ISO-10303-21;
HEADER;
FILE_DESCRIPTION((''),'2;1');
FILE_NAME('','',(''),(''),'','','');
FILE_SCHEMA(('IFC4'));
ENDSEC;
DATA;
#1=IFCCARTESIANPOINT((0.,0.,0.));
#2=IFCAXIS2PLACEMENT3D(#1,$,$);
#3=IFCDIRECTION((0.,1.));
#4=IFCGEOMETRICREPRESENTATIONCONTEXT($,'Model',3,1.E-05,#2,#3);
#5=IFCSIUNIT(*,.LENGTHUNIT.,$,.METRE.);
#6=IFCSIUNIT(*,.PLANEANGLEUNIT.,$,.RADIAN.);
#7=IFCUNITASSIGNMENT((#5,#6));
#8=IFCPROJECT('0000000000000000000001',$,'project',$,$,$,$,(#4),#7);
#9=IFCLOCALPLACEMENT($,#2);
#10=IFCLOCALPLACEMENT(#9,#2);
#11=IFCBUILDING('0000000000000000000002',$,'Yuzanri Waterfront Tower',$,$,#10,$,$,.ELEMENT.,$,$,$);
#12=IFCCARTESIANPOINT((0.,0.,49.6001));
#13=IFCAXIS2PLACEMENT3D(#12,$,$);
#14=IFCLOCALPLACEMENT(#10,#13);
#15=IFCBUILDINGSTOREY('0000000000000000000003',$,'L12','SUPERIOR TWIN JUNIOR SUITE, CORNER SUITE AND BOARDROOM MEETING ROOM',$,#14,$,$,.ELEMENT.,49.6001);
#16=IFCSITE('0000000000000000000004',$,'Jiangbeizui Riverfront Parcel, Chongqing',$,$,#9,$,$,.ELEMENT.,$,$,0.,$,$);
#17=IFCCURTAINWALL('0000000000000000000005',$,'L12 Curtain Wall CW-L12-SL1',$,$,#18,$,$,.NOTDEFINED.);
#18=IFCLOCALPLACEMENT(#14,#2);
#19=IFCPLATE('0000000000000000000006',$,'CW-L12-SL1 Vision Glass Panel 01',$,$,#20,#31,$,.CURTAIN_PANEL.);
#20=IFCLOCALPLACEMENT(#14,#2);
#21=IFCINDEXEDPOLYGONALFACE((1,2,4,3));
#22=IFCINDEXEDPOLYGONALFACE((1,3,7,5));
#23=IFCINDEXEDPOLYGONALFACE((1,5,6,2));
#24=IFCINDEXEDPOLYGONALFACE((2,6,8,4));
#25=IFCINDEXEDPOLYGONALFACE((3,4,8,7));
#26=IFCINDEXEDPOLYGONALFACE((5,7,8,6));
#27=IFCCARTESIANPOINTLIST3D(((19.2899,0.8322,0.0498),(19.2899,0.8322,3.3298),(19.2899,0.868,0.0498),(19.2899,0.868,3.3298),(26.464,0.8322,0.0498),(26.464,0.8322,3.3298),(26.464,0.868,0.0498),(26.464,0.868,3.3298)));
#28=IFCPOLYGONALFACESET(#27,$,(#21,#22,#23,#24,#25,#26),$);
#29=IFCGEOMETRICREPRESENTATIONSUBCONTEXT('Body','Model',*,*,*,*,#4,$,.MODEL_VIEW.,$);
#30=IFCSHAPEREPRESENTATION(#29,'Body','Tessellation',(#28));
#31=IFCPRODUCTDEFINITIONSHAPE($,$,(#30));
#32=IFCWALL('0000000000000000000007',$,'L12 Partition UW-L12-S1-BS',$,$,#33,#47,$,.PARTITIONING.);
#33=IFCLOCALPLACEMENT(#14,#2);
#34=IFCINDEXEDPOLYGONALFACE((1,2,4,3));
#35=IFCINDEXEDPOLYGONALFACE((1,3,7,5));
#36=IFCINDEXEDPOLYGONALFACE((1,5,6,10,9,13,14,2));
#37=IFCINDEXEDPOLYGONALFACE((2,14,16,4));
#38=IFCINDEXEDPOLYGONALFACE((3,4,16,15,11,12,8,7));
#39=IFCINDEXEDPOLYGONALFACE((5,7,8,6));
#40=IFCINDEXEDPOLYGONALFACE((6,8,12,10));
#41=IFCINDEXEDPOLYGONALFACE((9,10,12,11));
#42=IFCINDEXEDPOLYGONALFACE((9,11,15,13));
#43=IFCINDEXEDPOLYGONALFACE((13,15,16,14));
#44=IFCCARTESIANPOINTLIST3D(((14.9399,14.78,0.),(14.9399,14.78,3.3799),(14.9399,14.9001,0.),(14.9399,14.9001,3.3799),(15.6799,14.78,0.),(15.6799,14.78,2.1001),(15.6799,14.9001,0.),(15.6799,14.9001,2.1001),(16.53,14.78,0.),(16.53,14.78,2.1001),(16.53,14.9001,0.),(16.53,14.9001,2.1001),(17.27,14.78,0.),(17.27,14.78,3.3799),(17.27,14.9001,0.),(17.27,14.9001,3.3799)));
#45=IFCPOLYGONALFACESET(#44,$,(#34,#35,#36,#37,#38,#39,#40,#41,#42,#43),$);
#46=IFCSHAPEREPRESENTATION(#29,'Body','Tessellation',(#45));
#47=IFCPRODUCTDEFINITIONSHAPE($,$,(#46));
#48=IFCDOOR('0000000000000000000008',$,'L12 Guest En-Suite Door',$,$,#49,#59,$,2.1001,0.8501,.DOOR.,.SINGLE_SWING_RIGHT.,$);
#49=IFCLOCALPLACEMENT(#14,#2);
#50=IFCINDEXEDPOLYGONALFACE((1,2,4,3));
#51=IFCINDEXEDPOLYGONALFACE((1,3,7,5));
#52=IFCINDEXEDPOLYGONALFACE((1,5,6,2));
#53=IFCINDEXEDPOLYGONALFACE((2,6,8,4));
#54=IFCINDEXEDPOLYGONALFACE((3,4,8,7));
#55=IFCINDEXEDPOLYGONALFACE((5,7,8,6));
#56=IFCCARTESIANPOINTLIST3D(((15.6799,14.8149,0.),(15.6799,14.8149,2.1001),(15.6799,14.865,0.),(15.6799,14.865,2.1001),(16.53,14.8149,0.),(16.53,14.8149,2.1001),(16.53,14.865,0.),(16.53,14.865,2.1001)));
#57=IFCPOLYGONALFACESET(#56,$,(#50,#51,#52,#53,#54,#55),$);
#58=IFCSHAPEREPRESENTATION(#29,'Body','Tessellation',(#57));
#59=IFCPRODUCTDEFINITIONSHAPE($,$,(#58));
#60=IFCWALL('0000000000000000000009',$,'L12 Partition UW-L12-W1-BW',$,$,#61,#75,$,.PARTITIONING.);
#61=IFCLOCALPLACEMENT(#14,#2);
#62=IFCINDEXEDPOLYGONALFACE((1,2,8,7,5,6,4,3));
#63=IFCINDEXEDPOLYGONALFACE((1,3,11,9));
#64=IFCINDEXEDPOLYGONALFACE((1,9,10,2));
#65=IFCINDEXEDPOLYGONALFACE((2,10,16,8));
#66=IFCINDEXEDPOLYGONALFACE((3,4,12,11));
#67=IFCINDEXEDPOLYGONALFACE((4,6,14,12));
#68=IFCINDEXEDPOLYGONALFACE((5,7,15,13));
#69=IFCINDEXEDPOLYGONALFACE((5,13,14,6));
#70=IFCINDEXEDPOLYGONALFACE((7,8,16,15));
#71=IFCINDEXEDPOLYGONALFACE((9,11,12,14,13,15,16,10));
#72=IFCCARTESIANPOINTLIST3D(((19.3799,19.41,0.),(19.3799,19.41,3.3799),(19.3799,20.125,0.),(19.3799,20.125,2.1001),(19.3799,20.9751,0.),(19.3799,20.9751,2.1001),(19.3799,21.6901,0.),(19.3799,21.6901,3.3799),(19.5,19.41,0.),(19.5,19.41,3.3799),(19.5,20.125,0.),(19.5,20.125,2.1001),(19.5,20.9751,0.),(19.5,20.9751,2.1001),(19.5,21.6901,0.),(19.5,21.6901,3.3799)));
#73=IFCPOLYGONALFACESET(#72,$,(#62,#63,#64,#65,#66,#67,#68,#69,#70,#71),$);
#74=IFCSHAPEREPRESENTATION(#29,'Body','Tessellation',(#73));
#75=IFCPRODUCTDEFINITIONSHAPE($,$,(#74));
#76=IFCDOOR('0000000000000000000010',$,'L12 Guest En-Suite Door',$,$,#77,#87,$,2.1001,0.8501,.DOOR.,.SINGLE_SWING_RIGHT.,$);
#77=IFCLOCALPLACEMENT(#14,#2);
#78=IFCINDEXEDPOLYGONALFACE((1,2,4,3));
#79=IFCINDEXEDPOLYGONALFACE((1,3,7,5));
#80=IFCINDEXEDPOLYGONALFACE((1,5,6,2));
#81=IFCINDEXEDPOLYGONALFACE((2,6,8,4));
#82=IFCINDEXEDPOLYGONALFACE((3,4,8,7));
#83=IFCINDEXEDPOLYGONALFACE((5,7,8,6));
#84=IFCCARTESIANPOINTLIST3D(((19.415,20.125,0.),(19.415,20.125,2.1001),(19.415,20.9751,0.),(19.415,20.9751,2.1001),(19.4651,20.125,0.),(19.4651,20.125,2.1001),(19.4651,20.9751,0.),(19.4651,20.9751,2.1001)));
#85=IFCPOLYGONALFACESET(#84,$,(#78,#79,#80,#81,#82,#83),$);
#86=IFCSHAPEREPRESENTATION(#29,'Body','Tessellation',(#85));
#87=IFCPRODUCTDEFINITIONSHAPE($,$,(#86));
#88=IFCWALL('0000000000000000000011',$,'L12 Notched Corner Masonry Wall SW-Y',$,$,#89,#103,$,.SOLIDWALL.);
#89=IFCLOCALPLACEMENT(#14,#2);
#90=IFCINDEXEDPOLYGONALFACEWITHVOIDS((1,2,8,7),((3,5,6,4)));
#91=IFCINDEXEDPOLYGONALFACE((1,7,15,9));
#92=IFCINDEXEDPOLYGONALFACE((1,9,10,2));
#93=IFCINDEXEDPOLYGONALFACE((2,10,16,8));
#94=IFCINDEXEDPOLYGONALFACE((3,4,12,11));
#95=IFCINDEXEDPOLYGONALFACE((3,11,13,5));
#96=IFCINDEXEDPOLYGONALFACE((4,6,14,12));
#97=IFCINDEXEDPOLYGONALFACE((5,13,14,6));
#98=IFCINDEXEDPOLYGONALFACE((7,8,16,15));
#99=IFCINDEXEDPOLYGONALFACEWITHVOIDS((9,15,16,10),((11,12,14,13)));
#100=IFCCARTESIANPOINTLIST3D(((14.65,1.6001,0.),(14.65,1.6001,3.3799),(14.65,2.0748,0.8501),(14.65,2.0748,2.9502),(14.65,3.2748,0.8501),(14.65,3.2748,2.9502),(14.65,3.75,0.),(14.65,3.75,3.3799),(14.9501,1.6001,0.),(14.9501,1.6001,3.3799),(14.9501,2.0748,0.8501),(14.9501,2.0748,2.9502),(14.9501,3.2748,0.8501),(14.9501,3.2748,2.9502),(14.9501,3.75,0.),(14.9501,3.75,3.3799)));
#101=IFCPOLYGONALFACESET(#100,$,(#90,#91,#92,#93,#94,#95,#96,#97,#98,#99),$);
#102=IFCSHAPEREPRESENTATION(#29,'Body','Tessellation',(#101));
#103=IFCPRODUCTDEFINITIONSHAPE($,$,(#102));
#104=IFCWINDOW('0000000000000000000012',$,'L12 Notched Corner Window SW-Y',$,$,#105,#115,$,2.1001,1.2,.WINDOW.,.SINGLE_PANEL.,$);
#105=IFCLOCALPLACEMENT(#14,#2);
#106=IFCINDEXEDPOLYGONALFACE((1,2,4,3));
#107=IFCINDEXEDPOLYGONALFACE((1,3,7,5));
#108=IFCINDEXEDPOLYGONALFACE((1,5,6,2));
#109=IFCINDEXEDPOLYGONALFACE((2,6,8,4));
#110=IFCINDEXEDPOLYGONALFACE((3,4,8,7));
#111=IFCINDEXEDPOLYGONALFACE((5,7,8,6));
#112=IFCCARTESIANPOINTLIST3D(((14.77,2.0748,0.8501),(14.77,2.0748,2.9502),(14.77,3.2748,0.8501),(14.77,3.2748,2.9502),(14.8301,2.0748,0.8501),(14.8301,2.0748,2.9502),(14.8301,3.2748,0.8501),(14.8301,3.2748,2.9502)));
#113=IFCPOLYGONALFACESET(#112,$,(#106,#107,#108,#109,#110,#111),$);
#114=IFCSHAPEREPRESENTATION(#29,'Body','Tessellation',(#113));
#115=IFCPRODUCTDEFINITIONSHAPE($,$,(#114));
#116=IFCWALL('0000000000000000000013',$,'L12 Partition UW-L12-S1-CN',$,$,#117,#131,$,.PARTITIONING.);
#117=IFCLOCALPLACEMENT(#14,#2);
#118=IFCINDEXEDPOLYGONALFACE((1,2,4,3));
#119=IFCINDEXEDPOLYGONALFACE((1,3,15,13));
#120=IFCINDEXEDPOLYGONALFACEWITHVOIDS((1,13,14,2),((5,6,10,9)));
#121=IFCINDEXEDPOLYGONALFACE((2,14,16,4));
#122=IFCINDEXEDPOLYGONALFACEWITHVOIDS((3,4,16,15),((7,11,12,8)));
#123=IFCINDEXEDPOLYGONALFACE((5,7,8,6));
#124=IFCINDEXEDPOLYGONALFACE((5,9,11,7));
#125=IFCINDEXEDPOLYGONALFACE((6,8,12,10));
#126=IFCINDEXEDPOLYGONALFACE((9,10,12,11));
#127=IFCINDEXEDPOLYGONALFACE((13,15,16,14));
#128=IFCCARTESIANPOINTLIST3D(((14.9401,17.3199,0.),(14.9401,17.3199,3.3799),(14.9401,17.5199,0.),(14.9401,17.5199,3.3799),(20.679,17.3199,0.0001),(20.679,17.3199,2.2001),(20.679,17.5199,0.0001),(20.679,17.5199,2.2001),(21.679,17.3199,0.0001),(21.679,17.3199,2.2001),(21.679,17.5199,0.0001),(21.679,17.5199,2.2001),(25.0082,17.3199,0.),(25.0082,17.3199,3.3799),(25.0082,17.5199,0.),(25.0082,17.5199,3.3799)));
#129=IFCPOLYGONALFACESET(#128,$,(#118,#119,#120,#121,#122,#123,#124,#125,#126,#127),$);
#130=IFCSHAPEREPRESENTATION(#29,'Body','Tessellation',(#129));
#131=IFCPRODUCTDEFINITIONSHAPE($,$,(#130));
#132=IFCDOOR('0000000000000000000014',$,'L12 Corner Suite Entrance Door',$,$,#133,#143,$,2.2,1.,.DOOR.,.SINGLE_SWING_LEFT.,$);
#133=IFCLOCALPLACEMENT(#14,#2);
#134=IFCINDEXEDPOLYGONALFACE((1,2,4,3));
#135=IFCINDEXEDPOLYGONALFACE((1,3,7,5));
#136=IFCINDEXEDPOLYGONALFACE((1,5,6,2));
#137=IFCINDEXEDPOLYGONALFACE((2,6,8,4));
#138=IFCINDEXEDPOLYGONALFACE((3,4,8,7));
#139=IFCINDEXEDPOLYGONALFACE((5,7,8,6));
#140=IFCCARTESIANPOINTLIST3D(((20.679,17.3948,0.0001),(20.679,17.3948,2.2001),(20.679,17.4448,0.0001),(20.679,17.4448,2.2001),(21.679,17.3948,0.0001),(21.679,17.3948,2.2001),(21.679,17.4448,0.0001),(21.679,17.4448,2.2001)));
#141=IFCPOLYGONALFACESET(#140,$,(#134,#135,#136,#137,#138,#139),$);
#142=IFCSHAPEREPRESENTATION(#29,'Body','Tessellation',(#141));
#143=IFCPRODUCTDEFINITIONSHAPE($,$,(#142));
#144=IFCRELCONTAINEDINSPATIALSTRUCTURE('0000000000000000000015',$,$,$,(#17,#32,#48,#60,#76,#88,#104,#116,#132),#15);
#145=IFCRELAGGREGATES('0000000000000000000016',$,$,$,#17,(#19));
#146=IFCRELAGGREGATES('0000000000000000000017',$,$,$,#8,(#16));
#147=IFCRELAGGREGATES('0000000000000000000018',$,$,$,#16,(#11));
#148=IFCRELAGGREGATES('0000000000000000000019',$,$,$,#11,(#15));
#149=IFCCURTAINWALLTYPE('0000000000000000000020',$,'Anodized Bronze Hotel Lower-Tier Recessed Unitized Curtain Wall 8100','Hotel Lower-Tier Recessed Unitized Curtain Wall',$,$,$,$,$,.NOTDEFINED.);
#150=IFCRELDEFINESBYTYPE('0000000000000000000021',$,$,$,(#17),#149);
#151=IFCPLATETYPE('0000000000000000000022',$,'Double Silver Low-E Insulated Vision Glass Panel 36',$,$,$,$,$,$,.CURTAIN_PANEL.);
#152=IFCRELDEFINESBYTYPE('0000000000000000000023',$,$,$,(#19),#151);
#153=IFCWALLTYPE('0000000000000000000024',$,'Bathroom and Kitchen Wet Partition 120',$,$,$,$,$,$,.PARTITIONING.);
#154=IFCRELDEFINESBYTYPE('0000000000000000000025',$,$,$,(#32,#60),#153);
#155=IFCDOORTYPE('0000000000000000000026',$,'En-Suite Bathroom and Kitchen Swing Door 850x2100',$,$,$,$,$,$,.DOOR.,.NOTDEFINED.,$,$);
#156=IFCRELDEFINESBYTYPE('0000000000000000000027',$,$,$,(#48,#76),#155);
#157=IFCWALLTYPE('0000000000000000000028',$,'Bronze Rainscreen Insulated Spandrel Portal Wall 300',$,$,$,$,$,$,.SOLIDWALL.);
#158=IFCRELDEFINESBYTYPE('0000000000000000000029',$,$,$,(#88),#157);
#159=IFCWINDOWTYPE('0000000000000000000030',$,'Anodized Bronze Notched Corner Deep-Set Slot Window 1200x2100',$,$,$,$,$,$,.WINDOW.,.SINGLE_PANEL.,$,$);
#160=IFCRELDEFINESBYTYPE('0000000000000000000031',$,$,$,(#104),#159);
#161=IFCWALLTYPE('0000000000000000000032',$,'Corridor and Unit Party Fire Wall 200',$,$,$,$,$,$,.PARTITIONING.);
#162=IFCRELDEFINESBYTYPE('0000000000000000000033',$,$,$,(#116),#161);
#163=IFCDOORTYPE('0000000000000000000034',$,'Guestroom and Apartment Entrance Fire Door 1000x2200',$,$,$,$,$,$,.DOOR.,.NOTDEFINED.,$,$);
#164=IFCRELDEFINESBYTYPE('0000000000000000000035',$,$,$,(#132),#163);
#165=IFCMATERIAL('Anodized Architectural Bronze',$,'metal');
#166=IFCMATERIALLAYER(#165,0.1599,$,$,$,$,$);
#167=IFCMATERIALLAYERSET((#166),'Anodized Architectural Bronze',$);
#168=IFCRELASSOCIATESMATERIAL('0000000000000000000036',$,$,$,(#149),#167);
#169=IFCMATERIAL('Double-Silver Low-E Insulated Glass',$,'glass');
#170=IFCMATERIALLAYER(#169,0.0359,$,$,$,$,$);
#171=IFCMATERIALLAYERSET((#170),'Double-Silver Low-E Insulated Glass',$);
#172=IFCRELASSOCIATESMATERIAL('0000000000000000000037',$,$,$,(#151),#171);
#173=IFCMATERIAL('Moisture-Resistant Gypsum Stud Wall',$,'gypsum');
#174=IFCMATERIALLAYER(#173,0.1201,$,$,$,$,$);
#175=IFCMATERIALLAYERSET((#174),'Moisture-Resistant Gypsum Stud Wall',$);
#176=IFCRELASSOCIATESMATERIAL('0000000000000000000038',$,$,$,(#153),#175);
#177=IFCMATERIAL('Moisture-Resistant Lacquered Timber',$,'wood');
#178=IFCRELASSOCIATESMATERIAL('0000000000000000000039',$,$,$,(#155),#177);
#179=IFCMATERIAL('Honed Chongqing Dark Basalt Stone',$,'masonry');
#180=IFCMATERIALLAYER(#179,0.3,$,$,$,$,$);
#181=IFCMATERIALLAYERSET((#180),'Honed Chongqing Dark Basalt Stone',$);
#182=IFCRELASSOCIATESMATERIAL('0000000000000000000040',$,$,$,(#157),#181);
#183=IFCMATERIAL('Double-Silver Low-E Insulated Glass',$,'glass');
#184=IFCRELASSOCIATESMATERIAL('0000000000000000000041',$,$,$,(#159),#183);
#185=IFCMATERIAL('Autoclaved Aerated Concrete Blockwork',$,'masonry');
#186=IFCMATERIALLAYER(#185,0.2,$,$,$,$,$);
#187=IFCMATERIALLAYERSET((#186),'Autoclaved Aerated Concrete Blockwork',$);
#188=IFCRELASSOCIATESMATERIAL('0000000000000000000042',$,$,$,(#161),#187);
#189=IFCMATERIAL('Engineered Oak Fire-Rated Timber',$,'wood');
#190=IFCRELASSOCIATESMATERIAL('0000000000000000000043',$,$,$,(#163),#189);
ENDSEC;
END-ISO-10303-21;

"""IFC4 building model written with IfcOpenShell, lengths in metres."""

from ifc_helpers import new_model, si_unit, direction, frame, frame_2d, origin, origin_2d, place, context, subcontext, project, spatial, rectangle, extrude, source, transform, mapped, material, layer, layer_set, type_object, element, fill, aggregate, save


model = new_model("IFC4")

# Units and contexts
model_context = context("Model", 3, precision=1e-05, world=origin(), true_north=direction((0.0, 1.0)))
body_context = subcontext(model_context, "Body", "Model", "MODEL_VIEW")
ifc_project = project(units=[si_unit("LENGTHUNIT", "METRE"), si_unit("PLANEANGLEUNIT", "RADIAN")], contexts=[model_context])

# Site, building, storey
site_placement = place(None, origin())
site = spatial("IfcSite", under=ifc_project, at=site_placement, Name="Jiangbeizui Riverfront Parcel, Chongqing", CompositionType="ELEMENT", RefElevation=0.0)
building_placement = place(site_placement, origin())
building = spatial("IfcBuilding", under=site, at=building_placement, Name="Yuzanri Waterfront Tower", CompositionType="ELEMENT")
storey_placement = place(building_placement, frame((0.0, 0.0, 49.6001)))
storey = spatial("IfcBuildingStorey", under=building, at=storey_placement, Name="L12", Description="SUPERIOR TWIN JUNIOR SUITE, CORNER SUITE AND BOARDROOM MEETING ROOM", CompositionType="ELEMENT", Elevation=49.6001)

# Curtain wall
ifc_material_1 = material(Name="Anodized Architectural Bronze", Category="metal")
ifc_layer_1 = layer(ifc_material_1, 0.1599)
ifc_layer_set_1 = layer_set([ifc_layer_1], Name="Anodized Architectural Bronze")
curtain_wall_type = type_object("IfcCurtainWallType", Name="Anodized Bronze Hotel Lower-Tier Recessed Unitized Curtain Wall 8100", Description="Hotel Lower-Tier Recessed Unitized Curtain Wall", PredefinedType="NOTDEFINED", material=ifc_layer_set_1)
curtain_wall_placement = place(storey_placement, origin())
curtain_wall = element("IfcCurtainWall", 1, at=curtain_wall_placement, inside=storey, type_object=curtain_wall_type, Name="L12 Curtain Wall CW-L12-SL1", PredefinedType="NOTDEFINED")

# Plate
ifc_material_2 = material(Name="Double-Silver Low-E Insulated Glass", Category="glass")
ifc_layer_2 = layer(ifc_material_2, 0.0359)
ifc_layer_set_2 = layer_set([ifc_layer_2], Name="Double-Silver Low-E Insulated Glass")
plate_type_1 = type_object("IfcPlateType", Name="Double Silver Low-E Insulated Vision Glass Panel 36", PredefinedType="CURTAIN_PANEL", material=ifc_layer_set_2)
shared_shape_1 = source(origin(), body_context, "Body", "SweptSolid", [
    extrude(rectangle(XDim=7.1741, YDim=0.0359, at=origin_2d()), origin(), (0.0, 0.0, 1.0), 3.28),
])
plate_1_placement = place(storey_placement, frame((22.877, 0.8501, 0.0498), z_axis=(0.0, 0.0, 1.0), x_axis=(1.0, 0.0, 0.0)))
plate_1 = element("IfcPlate", 2, at=plate_1_placement, type_object=plate_type_1, Name="CW-L12-SL1 Vision Glass Panel 01", PredefinedType="CURTAIN_PANEL", context=body_context, shape_type="MappedRepresentation", body=[
    mapped(shared_shape_1, transform((0.0, 0.0, 0.0), scale=1.0)),
])
aggregate(curtain_wall, [plate_1])

# Walls, openings, doors
ifc_material_3 = material(Name="Moisture-Resistant Gypsum Stud Wall", Category="gypsum")
ifc_layer_3 = layer(ifc_material_3, 0.1201)
ifc_layer_set_3 = layer_set([ifc_layer_3], Name="Moisture-Resistant Gypsum Stud Wall")
wall_type_1 = type_object("IfcWallType", Name="Bathroom and Kitchen Wet Partition 120", PredefinedType="PARTITIONING", material=ifc_layer_set_3)
wall_1_placement = place(storey_placement, frame((14.9399, 14.8401, 0.0), z_axis=(0.0, 0.0, 1.0), x_axis=(1.0, 0.0, 0.0)))
wall_1 = element("IfcWall", 3, at=wall_1_placement, inside=storey, type_object=wall_type_1, Name="L12 Partition UW-L12-S1-BS", PredefinedType="PARTITIONING", context=body_context, shape_type="SweptSolid", body=[
    extrude(rectangle(XDim=2.3301, YDim=0.1201, at=frame_2d((1.165, 0.0))), origin(), (0.0, 0.0, 1.0), 3.3799),
])
opening_1_placement = place(wall_1_placement, frame((0.74, 0.0, 0.0)))
opening_1 = element("IfcOpeningElement", 4, at=opening_1_placement, cuts=wall_1, PredefinedType="OPENING", context=body_context, shape_type="SweptSolid", body=[
    extrude(rectangle(XDim=0.8501, YDim=2.1001, at=frame_2d((0.425, 1.05))), frame((0.0, 0.075, 0.0), z_axis=(0.0, -1.0, 0.0), x_axis=(1.0, 0.0, 0.0)), (0.0, 0.0, 1.0), 0.1499),
])
ifc_material_4 = material(Name="Moisture-Resistant Lacquered Timber", Category="wood")
door_type_1 = type_object("IfcDoorType", Name="En-Suite Bathroom and Kitchen Swing Door 850x2100", OperationType="NOTDEFINED", PredefinedType="DOOR", material=ifc_material_4)
shared_shape_2 = source(origin(), body_context, "Body", "SweptSolid", [
    extrude(rectangle(XDim=0.8501, YDim=2.1001, at=frame_2d((0.425, 1.05))), frame((0.0, 0.0249, 0.0), z_axis=(0.0, -1.0, 0.0), x_axis=(1.0, 0.0, 0.0)), (0.0, 0.0, 1.0), 0.05),
])
door_1_placement = place(opening_1_placement, origin())
door_1 = element("IfcDoor", 5, at=door_1_placement, inside=storey, type_object=door_type_1, Name="L12 Guest En-Suite Door", OperationType="SINGLE_SWING_RIGHT", OverallHeight=2.1001, OverallWidth=0.8501, PredefinedType="DOOR", context=body_context, shape_type="MappedRepresentation", body=[
    mapped(shared_shape_2, transform((0.0, 0.0, 0.0), scale=1.0)),
])
fill(opening_1, door_1)
wall_2_placement = place(storey_placement, frame((19.4399, 19.4099, 0.0), z_axis=(0.0, 0.0, 1.0), x_axis=(0.0, 1.0, 0.0)))
wall_2 = element("IfcWall", 6, at=wall_2_placement, inside=storey, type_object=wall_type_1, Name="L12 Partition UW-L12-W1-BW", PredefinedType="PARTITIONING", context=body_context, shape_type="SweptSolid", body=[
    extrude(rectangle(XDim=2.28, YDim=0.1201, at=frame_2d((1.1401, 0.0))), origin(), (0.0, 0.0, 1.0), 3.3799),
])
opening_2_placement = place(wall_2_placement, frame((0.7151, 0.0, 0.0)))
opening_2 = element("IfcOpeningElement", 7, at=opening_2_placement, cuts=wall_2, PredefinedType="OPENING", context=body_context, shape_type="SweptSolid", body=[
    extrude(rectangle(XDim=0.8501, YDim=2.1001, at=frame_2d((0.425, 1.05))), frame((0.0, 0.075, 0.0), z_axis=(0.0, -1.0, 0.0), x_axis=(1.0, 0.0, 0.0)), (0.0, 0.0, 1.0), 0.1499),
])
door_2_placement = place(opening_2_placement, origin())
door_2 = element("IfcDoor", 8, at=door_2_placement, inside=storey, type_object=door_type_1, Name="L12 Guest En-Suite Door", OperationType="SINGLE_SWING_RIGHT", OverallHeight=2.1001, OverallWidth=0.8501, PredefinedType="DOOR", context=body_context, shape_type="MappedRepresentation", body=[
    mapped(shared_shape_2, transform((0.0, 0.0, 0.0), scale=1.0)),
])
fill(opening_2, door_2)

# Wall, opening, window
ifc_material_5 = material(Name="Honed Chongqing Dark Basalt Stone", Category="masonry")
ifc_layer_4 = layer(ifc_material_5, 0.3)
ifc_layer_set_4 = layer_set([ifc_layer_4], Name="Honed Chongqing Dark Basalt Stone")
wall_type_2 = type_object("IfcWallType", Name="Bronze Rainscreen Insulated Spandrel Portal Wall 300", PredefinedType="SOLIDWALL", material=ifc_layer_set_4)
wall_3_placement = place(storey_placement, frame((14.8, 3.75, 0.0), z_axis=(0.0, 0.0, 1.0), x_axis=(0.0, -1.0, 0.0)))
wall_3 = element("IfcWall", 9, at=wall_3_placement, inside=storey, type_object=wall_type_2, Name="L12 Notched Corner Masonry Wall SW-Y", PredefinedType="SOLIDWALL", context=body_context, shape_type="SweptSolid", body=[
    extrude(rectangle(XDim=2.1499, YDim=0.3, at=frame_2d((1.075, 0.0))), origin(), (0.0, 0.0, 1.0), 3.3799),
])
opening_3_placement = place(wall_3_placement, frame((0.4751, 0.0, 0.8501)))
opening_3 = element("IfcOpeningElement", 10, at=opening_3_placement, cuts=wall_3, PredefinedType="OPENING", context=body_context, shape_type="SweptSolid", body=[
    extrude(rectangle(XDim=1.2, YDim=2.1001, at=frame_2d((0.6001, 1.05))), frame((0.0, 0.165, 0.0), z_axis=(0.0, -1.0, 0.0), x_axis=(1.0, 0.0, 0.0)), (0.0, 0.0, 1.0), 0.3298),
])
ifc_material_6 = material(Name="Double-Silver Low-E Insulated Glass", Category="glass")
window_type = type_object("IfcWindowType", Name="Anodized Bronze Notched Corner Deep-Set Slot Window 1200x2100", PartitioningType="SINGLE_PANEL", PredefinedType="WINDOW", material=ifc_material_6)
shared_shape_3 = source(origin(), body_context, "Body", "SweptSolid", [
    extrude(rectangle(XDim=1.2, YDim=2.1001, at=frame_2d((0.6001, 1.05))), frame((0.0, 0.03, 0.0), z_axis=(0.0, -1.0, 0.0), x_axis=(1.0, 0.0, 0.0)), (0.0, 0.0, 1.0), 0.0601),
])
window_placement = place(opening_3_placement, origin())
window = element("IfcWindow", 11, at=window_placement, inside=storey, type_object=window_type, Name="L12 Notched Corner Window SW-Y", OverallHeight=2.1001, OverallWidth=1.2, PartitioningType="SINGLE_PANEL", PredefinedType="WINDOW", context=body_context, shape_type="MappedRepresentation", body=[
    mapped(shared_shape_3, transform((0.0, 0.0, 0.0), scale=1.0)),
])
fill(opening_3, window)

# Wall, opening, door
ifc_material_7 = material(Name="Autoclaved Aerated Concrete Blockwork", Category="masonry")
ifc_layer_5 = layer(ifc_material_7, 0.2)
ifc_layer_set_5 = layer_set([ifc_layer_5], Name="Autoclaved Aerated Concrete Blockwork")
wall_type_3 = type_object("IfcWallType", Name="Corridor and Unit Party Fire Wall 200", PredefinedType="PARTITIONING", material=ifc_layer_set_5)
wall_4_placement = place(storey_placement, frame((14.9399, 17.4199, 0.0), z_axis=(0.0, 0.0, 1.0), x_axis=(1.0, 0.0, 0.0)))
wall_4 = element("IfcWall", 12, at=wall_4_placement, inside=storey, type_object=wall_type_3, Name="L12 Partition UW-L12-S1-CN", PredefinedType="PARTITIONING", context=body_context, shape_type="SweptSolid", body=[
    extrude(rectangle(XDim=10.0681, YDim=0.2, at=frame_2d((5.0342, 0.0))), origin(), (0.0, 0.0, 1.0), 3.3799),
])
opening_4_placement = place(wall_4_placement, frame((5.739, 0.0, 0.0)))
opening_4 = element("IfcOpeningElement", 13, at=opening_4_placement, cuts=wall_4, PredefinedType="OPENING", context=body_context, shape_type="SweptSolid", body=[
    extrude(rectangle(XDim=1.0, YDim=2.2, at=frame_2d((0.5, 1.1001))), frame((0.0, 0.1147, 0.0), z_axis=(0.0, -1.0, 0.0), x_axis=(1.0, 0.0, 0.0)), (0.0, 0.0, 1.0), 0.2297),
])
ifc_material_8 = material(Name="Engineered Oak Fire-Rated Timber", Category="wood")
door_type_2 = type_object("IfcDoorType", Name="Guestroom and Apartment Entrance Fire Door 1000x2200", OperationType="NOTDEFINED", PredefinedType="DOOR", material=ifc_material_8)
shared_shape_4 = source(origin(), body_context, "Body", "SweptSolid", [
    extrude(rectangle(XDim=1.0, YDim=2.2, at=frame_2d((0.5, 1.1001))), frame((0.0, 0.0249, 0.0), z_axis=(0.0, -1.0, 0.0), x_axis=(1.0, 0.0, 0.0)), (0.0, 0.0, 1.0), 0.05),
])
door_3_placement = place(opening_4_placement, origin())
door_3 = element("IfcDoor", 14, at=door_3_placement, inside=storey, type_object=door_type_2, Name="L12 Corner Suite Entrance Door", OperationType="SINGLE_SWING_LEFT", OverallHeight=2.2, OverallWidth=1.0, PredefinedType="DOOR", context=body_context, shape_type="MappedRepresentation", body=[
    mapped(shared_shape_4, transform((0.0, 0.0, 0.0), scale=1.0)),
])
fill(opening_4, door_3)

save(model, "model.ifc")
